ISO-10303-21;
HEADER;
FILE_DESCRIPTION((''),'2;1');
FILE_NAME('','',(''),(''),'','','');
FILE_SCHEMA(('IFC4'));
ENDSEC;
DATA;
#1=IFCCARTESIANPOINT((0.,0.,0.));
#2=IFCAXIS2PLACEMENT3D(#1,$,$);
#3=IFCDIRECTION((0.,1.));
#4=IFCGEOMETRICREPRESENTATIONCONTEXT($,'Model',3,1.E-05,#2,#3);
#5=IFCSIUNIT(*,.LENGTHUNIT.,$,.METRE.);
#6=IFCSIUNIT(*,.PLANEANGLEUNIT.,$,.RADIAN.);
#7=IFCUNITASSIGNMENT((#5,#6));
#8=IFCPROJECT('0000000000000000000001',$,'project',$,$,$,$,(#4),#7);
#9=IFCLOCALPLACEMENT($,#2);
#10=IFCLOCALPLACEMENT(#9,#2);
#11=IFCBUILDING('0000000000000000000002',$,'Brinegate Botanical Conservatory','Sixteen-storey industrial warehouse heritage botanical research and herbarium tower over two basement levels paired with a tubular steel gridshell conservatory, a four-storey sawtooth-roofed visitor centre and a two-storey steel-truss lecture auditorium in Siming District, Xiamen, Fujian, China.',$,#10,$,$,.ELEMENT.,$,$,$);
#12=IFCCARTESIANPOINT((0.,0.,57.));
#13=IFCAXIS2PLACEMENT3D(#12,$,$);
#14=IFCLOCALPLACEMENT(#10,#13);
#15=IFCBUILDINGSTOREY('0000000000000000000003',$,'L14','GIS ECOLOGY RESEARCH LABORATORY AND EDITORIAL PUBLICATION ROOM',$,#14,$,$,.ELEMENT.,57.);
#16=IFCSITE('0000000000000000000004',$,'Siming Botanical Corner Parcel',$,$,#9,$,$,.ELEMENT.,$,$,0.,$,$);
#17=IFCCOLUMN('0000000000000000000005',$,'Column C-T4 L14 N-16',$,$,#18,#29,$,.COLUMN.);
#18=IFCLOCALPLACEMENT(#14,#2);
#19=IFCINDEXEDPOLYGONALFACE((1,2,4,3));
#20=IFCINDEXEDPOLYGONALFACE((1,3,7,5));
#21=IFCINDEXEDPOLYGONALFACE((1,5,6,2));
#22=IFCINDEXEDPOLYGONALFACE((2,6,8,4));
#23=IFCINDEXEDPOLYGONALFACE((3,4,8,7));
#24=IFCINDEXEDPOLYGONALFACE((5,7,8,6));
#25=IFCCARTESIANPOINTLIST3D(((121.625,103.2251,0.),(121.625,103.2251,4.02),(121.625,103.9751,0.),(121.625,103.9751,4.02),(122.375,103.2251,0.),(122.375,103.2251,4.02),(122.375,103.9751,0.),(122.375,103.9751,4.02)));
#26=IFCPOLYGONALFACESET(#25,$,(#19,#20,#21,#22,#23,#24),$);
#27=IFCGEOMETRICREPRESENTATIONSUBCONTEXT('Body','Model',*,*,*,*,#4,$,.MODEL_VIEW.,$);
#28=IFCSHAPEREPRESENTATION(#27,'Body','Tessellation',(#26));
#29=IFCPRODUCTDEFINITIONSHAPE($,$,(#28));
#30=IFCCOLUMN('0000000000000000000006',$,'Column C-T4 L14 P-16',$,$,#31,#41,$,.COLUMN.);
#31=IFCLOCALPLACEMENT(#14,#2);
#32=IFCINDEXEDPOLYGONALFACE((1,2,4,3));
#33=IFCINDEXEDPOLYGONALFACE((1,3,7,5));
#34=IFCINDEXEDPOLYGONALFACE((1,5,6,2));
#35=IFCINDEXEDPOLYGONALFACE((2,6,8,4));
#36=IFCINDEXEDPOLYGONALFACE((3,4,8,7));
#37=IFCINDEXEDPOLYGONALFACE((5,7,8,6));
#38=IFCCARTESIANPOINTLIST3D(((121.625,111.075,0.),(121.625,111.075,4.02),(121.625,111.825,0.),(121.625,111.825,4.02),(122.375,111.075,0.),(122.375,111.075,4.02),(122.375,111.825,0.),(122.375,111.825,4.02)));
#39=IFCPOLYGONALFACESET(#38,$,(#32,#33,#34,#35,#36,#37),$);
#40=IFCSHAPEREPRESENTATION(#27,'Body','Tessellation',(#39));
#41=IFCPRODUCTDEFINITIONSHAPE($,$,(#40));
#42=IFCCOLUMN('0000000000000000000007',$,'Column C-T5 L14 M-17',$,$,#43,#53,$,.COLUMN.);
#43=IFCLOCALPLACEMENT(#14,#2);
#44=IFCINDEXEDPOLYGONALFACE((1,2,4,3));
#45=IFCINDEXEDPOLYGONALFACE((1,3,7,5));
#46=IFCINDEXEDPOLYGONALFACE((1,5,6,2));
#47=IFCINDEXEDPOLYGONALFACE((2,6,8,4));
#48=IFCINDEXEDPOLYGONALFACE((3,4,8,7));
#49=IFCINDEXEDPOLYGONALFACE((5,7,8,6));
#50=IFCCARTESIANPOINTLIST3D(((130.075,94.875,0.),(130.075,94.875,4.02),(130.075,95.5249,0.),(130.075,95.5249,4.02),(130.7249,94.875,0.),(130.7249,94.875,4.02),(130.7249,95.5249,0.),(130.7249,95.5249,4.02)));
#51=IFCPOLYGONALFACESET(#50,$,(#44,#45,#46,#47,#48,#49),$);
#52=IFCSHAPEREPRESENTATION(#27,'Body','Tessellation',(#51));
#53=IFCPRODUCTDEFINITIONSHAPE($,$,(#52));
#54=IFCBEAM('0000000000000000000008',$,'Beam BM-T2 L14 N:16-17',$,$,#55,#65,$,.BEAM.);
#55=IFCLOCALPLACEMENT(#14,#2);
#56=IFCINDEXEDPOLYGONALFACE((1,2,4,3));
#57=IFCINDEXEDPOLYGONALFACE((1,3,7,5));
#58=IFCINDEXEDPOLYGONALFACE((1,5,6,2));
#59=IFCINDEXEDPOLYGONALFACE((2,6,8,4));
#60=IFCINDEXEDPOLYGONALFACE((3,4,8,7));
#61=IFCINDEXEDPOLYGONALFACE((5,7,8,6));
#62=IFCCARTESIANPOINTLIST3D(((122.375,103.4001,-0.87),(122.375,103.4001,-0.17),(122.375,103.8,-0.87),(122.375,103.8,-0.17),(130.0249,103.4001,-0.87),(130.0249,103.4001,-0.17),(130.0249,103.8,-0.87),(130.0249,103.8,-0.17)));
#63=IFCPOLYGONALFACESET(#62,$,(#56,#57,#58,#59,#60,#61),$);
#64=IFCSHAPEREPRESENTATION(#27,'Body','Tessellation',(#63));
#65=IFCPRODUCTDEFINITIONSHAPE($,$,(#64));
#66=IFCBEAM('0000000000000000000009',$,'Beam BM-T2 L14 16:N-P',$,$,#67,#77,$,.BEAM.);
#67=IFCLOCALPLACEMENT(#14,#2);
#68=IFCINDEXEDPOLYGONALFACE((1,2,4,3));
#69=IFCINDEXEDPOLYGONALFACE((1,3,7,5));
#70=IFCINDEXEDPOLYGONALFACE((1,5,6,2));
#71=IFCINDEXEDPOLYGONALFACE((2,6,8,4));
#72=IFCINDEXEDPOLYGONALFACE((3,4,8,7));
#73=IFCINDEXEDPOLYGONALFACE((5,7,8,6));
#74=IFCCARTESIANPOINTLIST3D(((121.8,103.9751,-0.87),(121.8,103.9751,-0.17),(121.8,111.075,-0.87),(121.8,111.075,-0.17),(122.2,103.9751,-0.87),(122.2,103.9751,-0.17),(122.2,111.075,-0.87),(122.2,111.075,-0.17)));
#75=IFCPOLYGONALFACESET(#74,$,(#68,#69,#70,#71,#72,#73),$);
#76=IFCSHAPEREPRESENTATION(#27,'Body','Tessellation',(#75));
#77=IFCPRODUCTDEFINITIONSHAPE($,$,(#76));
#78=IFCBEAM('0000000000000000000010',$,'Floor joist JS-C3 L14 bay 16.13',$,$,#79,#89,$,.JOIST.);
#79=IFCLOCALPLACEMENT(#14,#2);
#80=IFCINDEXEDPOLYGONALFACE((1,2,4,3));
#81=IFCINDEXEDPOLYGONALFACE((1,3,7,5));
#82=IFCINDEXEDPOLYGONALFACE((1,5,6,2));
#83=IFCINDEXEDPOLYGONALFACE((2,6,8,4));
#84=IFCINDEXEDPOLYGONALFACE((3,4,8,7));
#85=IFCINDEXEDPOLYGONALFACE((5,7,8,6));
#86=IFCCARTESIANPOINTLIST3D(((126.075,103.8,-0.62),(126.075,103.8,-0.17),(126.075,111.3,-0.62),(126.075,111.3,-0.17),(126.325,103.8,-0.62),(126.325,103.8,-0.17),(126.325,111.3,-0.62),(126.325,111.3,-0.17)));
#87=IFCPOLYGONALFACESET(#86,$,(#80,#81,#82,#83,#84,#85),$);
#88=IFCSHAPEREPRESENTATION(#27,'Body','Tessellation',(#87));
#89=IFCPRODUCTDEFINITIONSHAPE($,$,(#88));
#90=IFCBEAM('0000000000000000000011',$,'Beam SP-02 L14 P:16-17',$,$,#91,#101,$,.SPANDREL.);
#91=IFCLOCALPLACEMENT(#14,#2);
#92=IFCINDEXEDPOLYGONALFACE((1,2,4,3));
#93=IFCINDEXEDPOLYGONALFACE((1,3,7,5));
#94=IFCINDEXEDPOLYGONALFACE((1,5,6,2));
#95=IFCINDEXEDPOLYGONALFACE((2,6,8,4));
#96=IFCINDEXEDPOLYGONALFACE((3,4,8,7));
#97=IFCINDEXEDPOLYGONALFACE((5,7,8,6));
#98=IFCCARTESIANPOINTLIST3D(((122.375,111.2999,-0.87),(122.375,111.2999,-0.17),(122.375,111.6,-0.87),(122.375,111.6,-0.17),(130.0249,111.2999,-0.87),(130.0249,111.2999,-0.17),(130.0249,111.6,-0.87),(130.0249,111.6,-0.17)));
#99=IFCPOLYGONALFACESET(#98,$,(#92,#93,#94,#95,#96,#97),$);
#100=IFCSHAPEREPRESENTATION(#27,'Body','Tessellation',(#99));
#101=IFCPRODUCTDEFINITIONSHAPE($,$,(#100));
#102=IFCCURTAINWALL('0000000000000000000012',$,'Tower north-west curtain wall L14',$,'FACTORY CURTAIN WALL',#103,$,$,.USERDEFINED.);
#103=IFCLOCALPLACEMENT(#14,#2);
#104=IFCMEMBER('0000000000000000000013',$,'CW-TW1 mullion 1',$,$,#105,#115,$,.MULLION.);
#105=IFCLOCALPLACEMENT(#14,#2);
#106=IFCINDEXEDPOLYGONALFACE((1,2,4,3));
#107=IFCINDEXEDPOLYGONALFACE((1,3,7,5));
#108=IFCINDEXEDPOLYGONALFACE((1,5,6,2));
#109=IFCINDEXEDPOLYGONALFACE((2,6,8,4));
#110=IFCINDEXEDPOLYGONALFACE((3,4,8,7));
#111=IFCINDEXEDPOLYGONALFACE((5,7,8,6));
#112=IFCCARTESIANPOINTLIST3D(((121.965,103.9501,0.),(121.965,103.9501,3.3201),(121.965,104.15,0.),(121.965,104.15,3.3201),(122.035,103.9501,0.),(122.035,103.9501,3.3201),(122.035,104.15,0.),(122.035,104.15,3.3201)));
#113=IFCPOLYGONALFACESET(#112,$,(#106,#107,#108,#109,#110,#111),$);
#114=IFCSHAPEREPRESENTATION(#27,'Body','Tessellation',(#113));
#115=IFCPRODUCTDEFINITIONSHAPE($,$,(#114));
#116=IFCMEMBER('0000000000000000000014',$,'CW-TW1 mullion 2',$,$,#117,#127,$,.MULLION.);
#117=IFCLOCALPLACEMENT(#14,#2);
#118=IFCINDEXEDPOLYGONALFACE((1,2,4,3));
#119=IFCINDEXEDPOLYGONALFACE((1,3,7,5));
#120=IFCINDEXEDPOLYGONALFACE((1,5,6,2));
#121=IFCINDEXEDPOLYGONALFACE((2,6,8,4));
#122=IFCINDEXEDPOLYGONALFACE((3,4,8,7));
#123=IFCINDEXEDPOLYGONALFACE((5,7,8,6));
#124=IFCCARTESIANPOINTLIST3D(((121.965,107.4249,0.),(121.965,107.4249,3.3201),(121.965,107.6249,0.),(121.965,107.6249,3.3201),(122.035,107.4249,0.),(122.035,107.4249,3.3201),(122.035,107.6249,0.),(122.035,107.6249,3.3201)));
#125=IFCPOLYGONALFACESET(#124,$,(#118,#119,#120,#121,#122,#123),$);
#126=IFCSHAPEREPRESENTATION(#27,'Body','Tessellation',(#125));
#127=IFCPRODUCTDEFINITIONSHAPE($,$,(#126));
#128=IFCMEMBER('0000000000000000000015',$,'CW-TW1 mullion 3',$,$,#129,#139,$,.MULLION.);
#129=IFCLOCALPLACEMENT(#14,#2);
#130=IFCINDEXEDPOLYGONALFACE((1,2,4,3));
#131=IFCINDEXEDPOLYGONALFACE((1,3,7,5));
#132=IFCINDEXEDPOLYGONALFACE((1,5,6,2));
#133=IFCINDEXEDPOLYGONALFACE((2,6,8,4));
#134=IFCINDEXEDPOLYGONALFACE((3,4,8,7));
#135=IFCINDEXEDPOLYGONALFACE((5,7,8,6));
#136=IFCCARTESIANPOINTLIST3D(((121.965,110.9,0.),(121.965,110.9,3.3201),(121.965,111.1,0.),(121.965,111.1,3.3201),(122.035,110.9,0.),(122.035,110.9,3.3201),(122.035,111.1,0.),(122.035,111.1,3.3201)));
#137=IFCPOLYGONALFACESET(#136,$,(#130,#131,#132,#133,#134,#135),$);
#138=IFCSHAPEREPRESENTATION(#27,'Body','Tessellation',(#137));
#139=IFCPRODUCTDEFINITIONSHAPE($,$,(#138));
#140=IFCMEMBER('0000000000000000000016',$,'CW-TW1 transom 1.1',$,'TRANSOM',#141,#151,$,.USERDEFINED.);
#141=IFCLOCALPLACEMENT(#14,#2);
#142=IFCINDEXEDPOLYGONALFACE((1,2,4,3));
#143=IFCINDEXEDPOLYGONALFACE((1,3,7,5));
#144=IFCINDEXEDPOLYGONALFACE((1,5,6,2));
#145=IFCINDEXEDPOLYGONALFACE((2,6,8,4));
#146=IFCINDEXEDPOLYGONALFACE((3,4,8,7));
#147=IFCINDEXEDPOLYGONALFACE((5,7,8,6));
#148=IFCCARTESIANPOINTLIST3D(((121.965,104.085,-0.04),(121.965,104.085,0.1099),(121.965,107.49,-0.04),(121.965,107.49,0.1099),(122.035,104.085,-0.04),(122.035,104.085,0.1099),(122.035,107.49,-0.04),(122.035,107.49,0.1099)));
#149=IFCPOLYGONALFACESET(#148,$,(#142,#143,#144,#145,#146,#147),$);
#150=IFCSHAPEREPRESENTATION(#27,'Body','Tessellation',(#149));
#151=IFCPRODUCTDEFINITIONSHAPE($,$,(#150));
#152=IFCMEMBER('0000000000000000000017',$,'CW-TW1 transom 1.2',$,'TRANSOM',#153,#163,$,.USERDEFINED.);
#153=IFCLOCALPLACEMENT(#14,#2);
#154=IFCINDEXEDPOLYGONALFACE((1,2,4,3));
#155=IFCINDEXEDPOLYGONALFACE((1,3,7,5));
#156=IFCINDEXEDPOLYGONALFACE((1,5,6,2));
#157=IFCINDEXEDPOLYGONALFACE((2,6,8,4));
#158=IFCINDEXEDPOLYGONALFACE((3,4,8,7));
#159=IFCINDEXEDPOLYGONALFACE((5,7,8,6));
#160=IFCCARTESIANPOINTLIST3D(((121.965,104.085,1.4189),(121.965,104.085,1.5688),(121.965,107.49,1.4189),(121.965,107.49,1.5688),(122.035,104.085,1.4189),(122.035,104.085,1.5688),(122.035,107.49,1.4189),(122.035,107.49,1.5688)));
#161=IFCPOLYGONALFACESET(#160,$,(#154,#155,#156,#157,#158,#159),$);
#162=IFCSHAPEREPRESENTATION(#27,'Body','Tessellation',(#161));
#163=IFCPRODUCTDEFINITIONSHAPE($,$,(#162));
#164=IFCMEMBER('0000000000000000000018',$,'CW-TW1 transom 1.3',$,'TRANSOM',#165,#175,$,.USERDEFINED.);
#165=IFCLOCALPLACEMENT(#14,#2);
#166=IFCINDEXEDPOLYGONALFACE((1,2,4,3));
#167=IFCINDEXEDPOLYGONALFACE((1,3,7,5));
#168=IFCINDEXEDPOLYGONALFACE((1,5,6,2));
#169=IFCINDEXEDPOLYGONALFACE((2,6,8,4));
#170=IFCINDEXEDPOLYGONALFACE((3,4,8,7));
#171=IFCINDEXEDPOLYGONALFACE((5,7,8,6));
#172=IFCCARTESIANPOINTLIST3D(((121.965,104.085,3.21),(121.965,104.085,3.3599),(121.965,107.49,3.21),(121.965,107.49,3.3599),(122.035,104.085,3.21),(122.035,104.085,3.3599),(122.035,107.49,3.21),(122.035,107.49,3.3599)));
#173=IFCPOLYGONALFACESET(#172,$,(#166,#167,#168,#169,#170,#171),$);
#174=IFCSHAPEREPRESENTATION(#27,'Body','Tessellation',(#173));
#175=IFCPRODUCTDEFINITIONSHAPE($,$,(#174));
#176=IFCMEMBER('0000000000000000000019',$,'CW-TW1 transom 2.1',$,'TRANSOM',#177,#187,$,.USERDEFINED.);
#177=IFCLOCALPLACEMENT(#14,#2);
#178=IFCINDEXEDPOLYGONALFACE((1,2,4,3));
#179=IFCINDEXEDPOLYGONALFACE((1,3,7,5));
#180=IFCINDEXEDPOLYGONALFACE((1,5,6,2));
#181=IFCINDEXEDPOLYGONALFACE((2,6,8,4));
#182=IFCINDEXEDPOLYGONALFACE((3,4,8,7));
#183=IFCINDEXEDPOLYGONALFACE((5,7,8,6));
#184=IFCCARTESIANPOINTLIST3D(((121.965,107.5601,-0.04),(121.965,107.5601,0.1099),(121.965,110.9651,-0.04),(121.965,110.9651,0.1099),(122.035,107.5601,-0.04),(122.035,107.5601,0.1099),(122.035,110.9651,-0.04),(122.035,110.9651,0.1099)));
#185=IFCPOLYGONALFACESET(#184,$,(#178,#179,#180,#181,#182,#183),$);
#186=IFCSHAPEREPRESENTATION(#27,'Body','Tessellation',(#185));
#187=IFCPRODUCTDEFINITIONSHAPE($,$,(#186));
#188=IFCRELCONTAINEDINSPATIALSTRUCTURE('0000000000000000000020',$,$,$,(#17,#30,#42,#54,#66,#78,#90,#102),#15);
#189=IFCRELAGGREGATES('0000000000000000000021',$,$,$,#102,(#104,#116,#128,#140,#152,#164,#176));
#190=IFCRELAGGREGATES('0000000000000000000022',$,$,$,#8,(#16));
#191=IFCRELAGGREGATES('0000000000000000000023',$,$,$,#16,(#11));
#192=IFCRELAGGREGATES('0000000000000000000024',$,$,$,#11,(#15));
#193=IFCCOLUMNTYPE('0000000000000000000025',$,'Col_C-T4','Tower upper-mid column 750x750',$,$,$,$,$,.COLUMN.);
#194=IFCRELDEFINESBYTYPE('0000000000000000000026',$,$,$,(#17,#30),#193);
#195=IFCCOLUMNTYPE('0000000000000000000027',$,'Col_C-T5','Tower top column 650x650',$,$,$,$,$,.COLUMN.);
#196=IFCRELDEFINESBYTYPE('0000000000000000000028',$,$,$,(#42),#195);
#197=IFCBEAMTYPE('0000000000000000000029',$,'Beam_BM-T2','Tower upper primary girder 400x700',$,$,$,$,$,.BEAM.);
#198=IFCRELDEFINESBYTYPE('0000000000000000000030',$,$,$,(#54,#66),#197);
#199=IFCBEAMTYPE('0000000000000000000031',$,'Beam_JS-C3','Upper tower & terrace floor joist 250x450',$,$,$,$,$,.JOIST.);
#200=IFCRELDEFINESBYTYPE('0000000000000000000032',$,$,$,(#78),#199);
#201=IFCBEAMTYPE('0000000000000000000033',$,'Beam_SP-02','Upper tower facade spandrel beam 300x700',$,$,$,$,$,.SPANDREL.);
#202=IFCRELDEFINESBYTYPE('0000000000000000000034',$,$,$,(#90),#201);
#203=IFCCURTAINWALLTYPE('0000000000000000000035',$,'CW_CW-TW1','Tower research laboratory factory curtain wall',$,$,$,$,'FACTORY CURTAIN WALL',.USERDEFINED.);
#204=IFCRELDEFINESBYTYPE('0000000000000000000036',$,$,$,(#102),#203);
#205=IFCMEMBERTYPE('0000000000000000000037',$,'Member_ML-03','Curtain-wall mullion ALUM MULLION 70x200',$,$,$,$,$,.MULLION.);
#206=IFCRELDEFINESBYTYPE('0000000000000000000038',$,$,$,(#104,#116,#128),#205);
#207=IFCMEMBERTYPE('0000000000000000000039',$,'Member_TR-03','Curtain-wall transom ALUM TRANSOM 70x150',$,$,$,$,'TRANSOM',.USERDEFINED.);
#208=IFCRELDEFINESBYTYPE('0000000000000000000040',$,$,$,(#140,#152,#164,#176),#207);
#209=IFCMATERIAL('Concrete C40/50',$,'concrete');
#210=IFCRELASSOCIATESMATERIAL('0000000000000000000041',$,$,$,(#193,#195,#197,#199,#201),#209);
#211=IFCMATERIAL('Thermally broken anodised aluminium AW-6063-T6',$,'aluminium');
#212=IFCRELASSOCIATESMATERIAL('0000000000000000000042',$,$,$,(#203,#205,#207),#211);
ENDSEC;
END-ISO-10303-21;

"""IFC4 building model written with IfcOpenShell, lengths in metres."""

from ifc_helpers import new_model, si_unit, direction, frame, origin, origin_2d, place, context, subcontext, project, spatial, rectangle, extrude, material, material_profile, profile_set, type_object, element, aggregate, save


model = new_model("IFC4")

# Units and contexts
model_context = context("Model", 3, precision=1e-05, world=origin(), true_north=direction((0.0, 1.0)))
body_context = subcontext(model_context, "Body", "Model", "MODEL_VIEW")
ifc_project = project(units=[si_unit("LENGTHUNIT", "METRE"), si_unit("PLANEANGLEUNIT", "RADIAN")], contexts=[model_context])

# Site, building, storey
site_placement = place(None, origin())
site = spatial("IfcSite", under=ifc_project, at=site_placement, Name="Siming Botanical Corner Parcel", CompositionType="ELEMENT", RefElevation=0.0)
building_placement = place(site_placement, origin())
building = spatial("IfcBuilding", under=site, at=building_placement, Name="Brinegate Botanical Conservatory", Description="Sixteen-storey industrial warehouse heritage botanical research and herbarium tower over two basement levels paired with a tubular steel gridshell conservatory, a four-storey sawtooth-roofed visitor centre and a two-storey steel-truss lecture auditorium in Siming District, Xiamen, Fujian, China.", CompositionType="ELEMENT")
storey_placement = place(building_placement, frame((0.0, 0.0, 57.0)))
storey = spatial("IfcBuildingStorey", under=building, at=storey_placement, Name="L14", Description="GIS ECOLOGY RESEARCH LABORATORY AND EDITORIAL PUBLICATION ROOM", CompositionType="ELEMENT", Elevation=57.0)

# Columns
ifc_material_1 = material(Name="Concrete C40/50", Category="concrete")
ifc_material_profile_1 = material_profile(ifc_material_1, rectangle(XDim=0.75, YDim=0.75, at=origin_2d()), Name="RC COL 750x750")
ifc_profile_set_1 = profile_set([ifc_material_profile_1], Name="Concrete C40/50")
column_type_1 = type_object("IfcColumnType", Name="Col_C-T4", Description="Tower upper-mid column 750x750", PredefinedType="COLUMN", material=ifc_profile_set_1)
for number, where, z_axis, x_axis, name in (
    (1, (122.0, 103.6001, 0.0), (0.0, 0.0, 1.0), (1.0, 0.0, 0.0), "Column C-T4 L14 N-16"),
    (2, (122.0, 111.45, 0.0), (0.0, 0.0, 1.0), (1.0, 0.0, 0.0), "Column C-T4 L14 P-16"),
):
    element("IfcColumn", number, at=place(storey_placement, frame(where, z_axis=z_axis, x_axis=x_axis)), inside=storey, type_object=column_type_1, Name=name, PredefinedType="COLUMN", context=body_context, shape_type="SweptSolid", body=[
        extrude(rectangle(XDim=0.75, YDim=0.75, at=origin_2d()), origin(), (0.0, 0.0, 1.0), 4.02),
    ])
ifc_material_profile_2 = material_profile(ifc_material_1, rectangle(XDim=0.6499, YDim=0.6499, at=origin_2d()), Name="RC COL 650x650")
ifc_profile_set_2 = profile_set([ifc_material_profile_2], Name="Concrete C40/50")
column_type_2 = type_object("IfcColumnType", Name="Col_C-T5", Description="Tower top column 650x650", PredefinedType="COLUMN", material=ifc_profile_set_2)
column_placement = place(storey_placement, frame((130.3999, 95.2, 0.0), z_axis=(0.0, 0.0, 1.0), x_axis=(1.0, 0.0, 0.0)))
element("IfcColumn", 3, at=column_placement, inside=storey, type_object=column_type_2, Name="Column C-T5 L14 M-17", PredefinedType="COLUMN", context=body_context, shape_type="SweptSolid", body=[
    extrude(rectangle(XDim=0.6499, YDim=0.6499, at=origin_2d()), origin(), (0.0, 0.0, 1.0), 4.02),
])

# Beams
ifc_material_profile_3 = material_profile(ifc_material_1, rectangle(XDim=0.3999, YDim=0.7, at=origin_2d()), Name="RC BM 400x700")
ifc_profile_set_3 = profile_set([ifc_material_profile_3], Name="Concrete C40/50")
beam_type_1 = type_object("IfcBeamType", Name="Beam_BM-T2", Description="Tower upper primary girder 400x700", PredefinedType="BEAM", material=ifc_profile_set_3)
beam_1_placement = place(storey_placement, frame((122.375, 103.6001, -0.52), z_axis=(1.0, 0.0, 0.0), x_axis=(0.0, 1.0, 0.0)))
element("IfcBeam", 4, at=beam_1_placement, inside=storey, type_object=beam_type_1, Name="Beam BM-T2 L14 N:16-17", PredefinedType="BEAM", context=body_context, shape_type="SweptSolid", body=[
    extrude(rectangle(XDim=0.3999, YDim=0.7, at=origin_2d()), origin(), (0.0, 0.0, 1.0), 7.6499),
])
beam_2_placement = place(storey_placement, frame((122.0, 103.9751, -0.52), z_axis=(0.0, 1.0, 0.0), x_axis=(-1.0, 0.0, 0.0)))
element("IfcBeam", 5, at=beam_2_placement, inside=storey, type_object=beam_type_1, Name="Beam BM-T2 L14 16:N-P", PredefinedType="BEAM", context=body_context, shape_type="SweptSolid", body=[
    extrude(rectangle(XDim=0.3999, YDim=0.7, at=origin_2d()), origin(), (0.0, 0.0, 1.0), 7.0999),
])
ifc_material_profile_4 = material_profile(ifc_material_1, rectangle(XDim=0.25, YDim=0.45, at=origin_2d()), Name="RC JST 250x450")
ifc_profile_set_4 = profile_set([ifc_material_profile_4], Name="Concrete C40/50")
beam_type_2 = type_object("IfcBeamType", Name="Beam_JS-C3", Description="Upper tower & terrace floor joist 250x450", PredefinedType="JOIST", material=ifc_profile_set_4)
beam_3_placement = place(storey_placement, frame((126.2, 103.8, -0.395), z_axis=(0.0, 1.0, 0.0), x_axis=(-1.0, 0.0, 0.0)))
element("IfcBeam", 6, at=beam_3_placement, inside=storey, type_object=beam_type_2, Name="Floor joist JS-C3 L14 bay 16.13", PredefinedType="JOIST", context=body_context, shape_type="SweptSolid", body=[
    extrude(rectangle(XDim=0.25, YDim=0.45, at=origin_2d()), origin(), (0.0, 0.0, 1.0), 7.5),
])
ifc_material_profile_5 = material_profile(ifc_material_1, rectangle(XDim=0.3, YDim=0.7, at=origin_2d()), Name="RC SPN 300x700")
ifc_profile_set_5 = profile_set([ifc_material_profile_5], Name="Concrete C40/50")
beam_type_3 = type_object("IfcBeamType", Name="Beam_SP-02", Description="Upper tower facade spandrel beam 300x700", PredefinedType="SPANDREL", material=ifc_profile_set_5)
beam_4_placement = place(storey_placement, frame((122.375, 111.45, -0.52), z_axis=(1.0, 0.0, 0.0), x_axis=(0.0, 1.0, 0.0)))
element("IfcBeam", 7, at=beam_4_placement, inside=storey, type_object=beam_type_3, Name="Beam SP-02 L14 P:16-17", PredefinedType="SPANDREL", context=body_context, shape_type="SweptSolid", body=[
    extrude(rectangle(XDim=0.3, YDim=0.7, at=origin_2d()), origin(), (0.0, 0.0, 1.0), 7.6499),
])

# Curtain wall, members
ifc_material_2 = material(Name="Thermally broken anodised aluminium AW-6063-T6", Category="aluminium")
curtain_wall_type = type_object("IfcCurtainWallType", Name="CW_CW-TW1", Description="Tower research laboratory factory curtain wall", ElementType="FACTORY CURTAIN WALL", PredefinedType="USERDEFINED", material=ifc_material_2)
curtain_wall_placement = place(storey_placement, origin())
curtain_wall = element("IfcCurtainWall", 8, at=curtain_wall_placement, inside=storey, type_object=curtain_wall_type, Name="Tower north-west curtain wall L14", ObjectType="FACTORY CURTAIN WALL", PredefinedType="USERDEFINED")
ifc_material_profile_6 = material_profile(ifc_material_2, rectangle(XDim=0.0701, YDim=0.2, at=origin_2d()), Name="ALUM MULLION 70x200")
ifc_profile_set_6 = profile_set([ifc_material_profile_6], Name="Thermally broken anodised aluminium AW-6063-T6")
member_type_1 = type_object("IfcMemberType", Name="Member_ML-03", Description="Curtain-wall mullion ALUM MULLION 70x200", PredefinedType="MULLION", material=ifc_profile_set_6)
member_1_placement = place(storey_placement, frame((122.0, 104.05, 0.0), z_axis=(0.0, 0.0, 1.0), x_axis=(-1.0, 0.0, 0.0)))
member_1 = element("IfcMember", 9, at=member_1_placement, type_object=member_type_1, Name="CW-TW1 mullion 1", PredefinedType="MULLION", context=body_context, shape_type="SweptSolid", body=[
    extrude(rectangle(XDim=0.0701, YDim=0.2, at=origin_2d()), origin(), (0.0, 0.0, 1.0), 3.3201),
])
member_2_placement = place(storey_placement, frame((122.0, 107.5249, 0.0), z_axis=(0.0, 0.0, 1.0), x_axis=(-1.0, 0.0, 0.0)))
member_2 = element("IfcMember", 10, at=member_2_placement, type_object=member_type_1, Name="CW-TW1 mullion 2", PredefinedType="MULLION", context=body_context, shape_type="SweptSolid", body=[
    extrude(rectangle(XDim=0.0701, YDim=0.2, at=origin_2d()), origin(), (0.0, 0.0, 1.0), 3.3201),
])
member_3_placement = place(storey_placement, frame((122.0, 111.0, 0.0), z_axis=(0.0, 0.0, 1.0), x_axis=(-1.0, 0.0, 0.0)))
member_3 = element("IfcMember", 11, at=member_3_placement, type_object=member_type_1, Name="CW-TW1 mullion 3", PredefinedType="MULLION", context=body_context, shape_type="SweptSolid", body=[
    extrude(rectangle(XDim=0.0701, YDim=0.2, at=origin_2d()), origin(), (0.0, 0.0, 1.0), 3.3201),
])
ifc_material_profile_7 = material_profile(ifc_material_2, rectangle(XDim=0.0701, YDim=0.1499, at=origin_2d()), Name="ALUM TRANSOM 70x150")
ifc_profile_set_7 = profile_set([ifc_material_profile_7], Name="Thermally broken anodised aluminium AW-6063-T6")
member_type_2 = type_object("IfcMemberType", Name="Member_TR-03", Description="Curtain-wall transom ALUM TRANSOM 70x150", ElementType="TRANSOM", PredefinedType="USERDEFINED", material=ifc_profile_set_7)
member_4_placement = place(storey_placement, frame((122.0, 104.085, 0.0349), z_axis=(0.0, 1.0, 0.0), x_axis=(-1.0, 0.0, 0.0)))
member_4 = element("IfcMember", 12, at=member_4_placement, type_object=member_type_2, Name="CW-TW1 transom 1.1", ObjectType="TRANSOM", PredefinedType="USERDEFINED", context=body_context, shape_type="SweptSolid", body=[
    extrude(rectangle(XDim=0.0701, YDim=0.1499, at=origin_2d()), origin(), (0.0, 0.0, 1.0), 3.405),
])
member_5_placement = place(storey_placement, frame((122.0, 104.085, 1.4939), z_axis=(0.0, 1.0, 0.0), x_axis=(-1.0, 0.0, 0.0)))
member_5 = element("IfcMember", 13, at=member_5_placement, type_object=member_type_2, Name="CW-TW1 transom 1.2", ObjectType="TRANSOM", PredefinedType="USERDEFINED", context=body_context, shape_type="SweptSolid", body=[
    extrude(rectangle(XDim=0.0701, YDim=0.1499, at=origin_2d()), origin(), (0.0, 0.0, 1.0), 3.405),
])
member_6_placement = place(storey_placement, frame((122.0, 104.085, 3.2849), z_axis=(0.0, 1.0, 0.0), x_axis=(-1.0, 0.0, 0.0)))
member_6 = element("IfcMember", 14, at=member_6_placement, type_object=member_type_2, Name="CW-TW1 transom 1.3", ObjectType="TRANSOM", PredefinedType="USERDEFINED", context=body_context, shape_type="SweptSolid", body=[
    extrude(rectangle(XDim=0.0701, YDim=0.1499, at=origin_2d()), origin(), (0.0, 0.0, 1.0), 3.405),
])
member_7_placement = place(storey_placement, frame((122.0, 107.5601, 0.0349), z_axis=(0.0, 1.0, 0.0), x_axis=(-1.0, 0.0, 0.0)))
member_7 = element("IfcMember", 15, at=member_7_placement, type_object=member_type_2, Name="CW-TW1 transom 2.1", ObjectType="TRANSOM", PredefinedType="USERDEFINED", context=body_context, shape_type="SweptSolid", body=[
    extrude(rectangle(XDim=0.0701, YDim=0.1499, at=origin_2d()), origin(), (0.0, 0.0, 1.0), 3.405),
])
aggregate(curtain_wall, [member_1, member_2, member_3, member_4, member_5, member_6, member_7])

save(model, "model.ifc")
